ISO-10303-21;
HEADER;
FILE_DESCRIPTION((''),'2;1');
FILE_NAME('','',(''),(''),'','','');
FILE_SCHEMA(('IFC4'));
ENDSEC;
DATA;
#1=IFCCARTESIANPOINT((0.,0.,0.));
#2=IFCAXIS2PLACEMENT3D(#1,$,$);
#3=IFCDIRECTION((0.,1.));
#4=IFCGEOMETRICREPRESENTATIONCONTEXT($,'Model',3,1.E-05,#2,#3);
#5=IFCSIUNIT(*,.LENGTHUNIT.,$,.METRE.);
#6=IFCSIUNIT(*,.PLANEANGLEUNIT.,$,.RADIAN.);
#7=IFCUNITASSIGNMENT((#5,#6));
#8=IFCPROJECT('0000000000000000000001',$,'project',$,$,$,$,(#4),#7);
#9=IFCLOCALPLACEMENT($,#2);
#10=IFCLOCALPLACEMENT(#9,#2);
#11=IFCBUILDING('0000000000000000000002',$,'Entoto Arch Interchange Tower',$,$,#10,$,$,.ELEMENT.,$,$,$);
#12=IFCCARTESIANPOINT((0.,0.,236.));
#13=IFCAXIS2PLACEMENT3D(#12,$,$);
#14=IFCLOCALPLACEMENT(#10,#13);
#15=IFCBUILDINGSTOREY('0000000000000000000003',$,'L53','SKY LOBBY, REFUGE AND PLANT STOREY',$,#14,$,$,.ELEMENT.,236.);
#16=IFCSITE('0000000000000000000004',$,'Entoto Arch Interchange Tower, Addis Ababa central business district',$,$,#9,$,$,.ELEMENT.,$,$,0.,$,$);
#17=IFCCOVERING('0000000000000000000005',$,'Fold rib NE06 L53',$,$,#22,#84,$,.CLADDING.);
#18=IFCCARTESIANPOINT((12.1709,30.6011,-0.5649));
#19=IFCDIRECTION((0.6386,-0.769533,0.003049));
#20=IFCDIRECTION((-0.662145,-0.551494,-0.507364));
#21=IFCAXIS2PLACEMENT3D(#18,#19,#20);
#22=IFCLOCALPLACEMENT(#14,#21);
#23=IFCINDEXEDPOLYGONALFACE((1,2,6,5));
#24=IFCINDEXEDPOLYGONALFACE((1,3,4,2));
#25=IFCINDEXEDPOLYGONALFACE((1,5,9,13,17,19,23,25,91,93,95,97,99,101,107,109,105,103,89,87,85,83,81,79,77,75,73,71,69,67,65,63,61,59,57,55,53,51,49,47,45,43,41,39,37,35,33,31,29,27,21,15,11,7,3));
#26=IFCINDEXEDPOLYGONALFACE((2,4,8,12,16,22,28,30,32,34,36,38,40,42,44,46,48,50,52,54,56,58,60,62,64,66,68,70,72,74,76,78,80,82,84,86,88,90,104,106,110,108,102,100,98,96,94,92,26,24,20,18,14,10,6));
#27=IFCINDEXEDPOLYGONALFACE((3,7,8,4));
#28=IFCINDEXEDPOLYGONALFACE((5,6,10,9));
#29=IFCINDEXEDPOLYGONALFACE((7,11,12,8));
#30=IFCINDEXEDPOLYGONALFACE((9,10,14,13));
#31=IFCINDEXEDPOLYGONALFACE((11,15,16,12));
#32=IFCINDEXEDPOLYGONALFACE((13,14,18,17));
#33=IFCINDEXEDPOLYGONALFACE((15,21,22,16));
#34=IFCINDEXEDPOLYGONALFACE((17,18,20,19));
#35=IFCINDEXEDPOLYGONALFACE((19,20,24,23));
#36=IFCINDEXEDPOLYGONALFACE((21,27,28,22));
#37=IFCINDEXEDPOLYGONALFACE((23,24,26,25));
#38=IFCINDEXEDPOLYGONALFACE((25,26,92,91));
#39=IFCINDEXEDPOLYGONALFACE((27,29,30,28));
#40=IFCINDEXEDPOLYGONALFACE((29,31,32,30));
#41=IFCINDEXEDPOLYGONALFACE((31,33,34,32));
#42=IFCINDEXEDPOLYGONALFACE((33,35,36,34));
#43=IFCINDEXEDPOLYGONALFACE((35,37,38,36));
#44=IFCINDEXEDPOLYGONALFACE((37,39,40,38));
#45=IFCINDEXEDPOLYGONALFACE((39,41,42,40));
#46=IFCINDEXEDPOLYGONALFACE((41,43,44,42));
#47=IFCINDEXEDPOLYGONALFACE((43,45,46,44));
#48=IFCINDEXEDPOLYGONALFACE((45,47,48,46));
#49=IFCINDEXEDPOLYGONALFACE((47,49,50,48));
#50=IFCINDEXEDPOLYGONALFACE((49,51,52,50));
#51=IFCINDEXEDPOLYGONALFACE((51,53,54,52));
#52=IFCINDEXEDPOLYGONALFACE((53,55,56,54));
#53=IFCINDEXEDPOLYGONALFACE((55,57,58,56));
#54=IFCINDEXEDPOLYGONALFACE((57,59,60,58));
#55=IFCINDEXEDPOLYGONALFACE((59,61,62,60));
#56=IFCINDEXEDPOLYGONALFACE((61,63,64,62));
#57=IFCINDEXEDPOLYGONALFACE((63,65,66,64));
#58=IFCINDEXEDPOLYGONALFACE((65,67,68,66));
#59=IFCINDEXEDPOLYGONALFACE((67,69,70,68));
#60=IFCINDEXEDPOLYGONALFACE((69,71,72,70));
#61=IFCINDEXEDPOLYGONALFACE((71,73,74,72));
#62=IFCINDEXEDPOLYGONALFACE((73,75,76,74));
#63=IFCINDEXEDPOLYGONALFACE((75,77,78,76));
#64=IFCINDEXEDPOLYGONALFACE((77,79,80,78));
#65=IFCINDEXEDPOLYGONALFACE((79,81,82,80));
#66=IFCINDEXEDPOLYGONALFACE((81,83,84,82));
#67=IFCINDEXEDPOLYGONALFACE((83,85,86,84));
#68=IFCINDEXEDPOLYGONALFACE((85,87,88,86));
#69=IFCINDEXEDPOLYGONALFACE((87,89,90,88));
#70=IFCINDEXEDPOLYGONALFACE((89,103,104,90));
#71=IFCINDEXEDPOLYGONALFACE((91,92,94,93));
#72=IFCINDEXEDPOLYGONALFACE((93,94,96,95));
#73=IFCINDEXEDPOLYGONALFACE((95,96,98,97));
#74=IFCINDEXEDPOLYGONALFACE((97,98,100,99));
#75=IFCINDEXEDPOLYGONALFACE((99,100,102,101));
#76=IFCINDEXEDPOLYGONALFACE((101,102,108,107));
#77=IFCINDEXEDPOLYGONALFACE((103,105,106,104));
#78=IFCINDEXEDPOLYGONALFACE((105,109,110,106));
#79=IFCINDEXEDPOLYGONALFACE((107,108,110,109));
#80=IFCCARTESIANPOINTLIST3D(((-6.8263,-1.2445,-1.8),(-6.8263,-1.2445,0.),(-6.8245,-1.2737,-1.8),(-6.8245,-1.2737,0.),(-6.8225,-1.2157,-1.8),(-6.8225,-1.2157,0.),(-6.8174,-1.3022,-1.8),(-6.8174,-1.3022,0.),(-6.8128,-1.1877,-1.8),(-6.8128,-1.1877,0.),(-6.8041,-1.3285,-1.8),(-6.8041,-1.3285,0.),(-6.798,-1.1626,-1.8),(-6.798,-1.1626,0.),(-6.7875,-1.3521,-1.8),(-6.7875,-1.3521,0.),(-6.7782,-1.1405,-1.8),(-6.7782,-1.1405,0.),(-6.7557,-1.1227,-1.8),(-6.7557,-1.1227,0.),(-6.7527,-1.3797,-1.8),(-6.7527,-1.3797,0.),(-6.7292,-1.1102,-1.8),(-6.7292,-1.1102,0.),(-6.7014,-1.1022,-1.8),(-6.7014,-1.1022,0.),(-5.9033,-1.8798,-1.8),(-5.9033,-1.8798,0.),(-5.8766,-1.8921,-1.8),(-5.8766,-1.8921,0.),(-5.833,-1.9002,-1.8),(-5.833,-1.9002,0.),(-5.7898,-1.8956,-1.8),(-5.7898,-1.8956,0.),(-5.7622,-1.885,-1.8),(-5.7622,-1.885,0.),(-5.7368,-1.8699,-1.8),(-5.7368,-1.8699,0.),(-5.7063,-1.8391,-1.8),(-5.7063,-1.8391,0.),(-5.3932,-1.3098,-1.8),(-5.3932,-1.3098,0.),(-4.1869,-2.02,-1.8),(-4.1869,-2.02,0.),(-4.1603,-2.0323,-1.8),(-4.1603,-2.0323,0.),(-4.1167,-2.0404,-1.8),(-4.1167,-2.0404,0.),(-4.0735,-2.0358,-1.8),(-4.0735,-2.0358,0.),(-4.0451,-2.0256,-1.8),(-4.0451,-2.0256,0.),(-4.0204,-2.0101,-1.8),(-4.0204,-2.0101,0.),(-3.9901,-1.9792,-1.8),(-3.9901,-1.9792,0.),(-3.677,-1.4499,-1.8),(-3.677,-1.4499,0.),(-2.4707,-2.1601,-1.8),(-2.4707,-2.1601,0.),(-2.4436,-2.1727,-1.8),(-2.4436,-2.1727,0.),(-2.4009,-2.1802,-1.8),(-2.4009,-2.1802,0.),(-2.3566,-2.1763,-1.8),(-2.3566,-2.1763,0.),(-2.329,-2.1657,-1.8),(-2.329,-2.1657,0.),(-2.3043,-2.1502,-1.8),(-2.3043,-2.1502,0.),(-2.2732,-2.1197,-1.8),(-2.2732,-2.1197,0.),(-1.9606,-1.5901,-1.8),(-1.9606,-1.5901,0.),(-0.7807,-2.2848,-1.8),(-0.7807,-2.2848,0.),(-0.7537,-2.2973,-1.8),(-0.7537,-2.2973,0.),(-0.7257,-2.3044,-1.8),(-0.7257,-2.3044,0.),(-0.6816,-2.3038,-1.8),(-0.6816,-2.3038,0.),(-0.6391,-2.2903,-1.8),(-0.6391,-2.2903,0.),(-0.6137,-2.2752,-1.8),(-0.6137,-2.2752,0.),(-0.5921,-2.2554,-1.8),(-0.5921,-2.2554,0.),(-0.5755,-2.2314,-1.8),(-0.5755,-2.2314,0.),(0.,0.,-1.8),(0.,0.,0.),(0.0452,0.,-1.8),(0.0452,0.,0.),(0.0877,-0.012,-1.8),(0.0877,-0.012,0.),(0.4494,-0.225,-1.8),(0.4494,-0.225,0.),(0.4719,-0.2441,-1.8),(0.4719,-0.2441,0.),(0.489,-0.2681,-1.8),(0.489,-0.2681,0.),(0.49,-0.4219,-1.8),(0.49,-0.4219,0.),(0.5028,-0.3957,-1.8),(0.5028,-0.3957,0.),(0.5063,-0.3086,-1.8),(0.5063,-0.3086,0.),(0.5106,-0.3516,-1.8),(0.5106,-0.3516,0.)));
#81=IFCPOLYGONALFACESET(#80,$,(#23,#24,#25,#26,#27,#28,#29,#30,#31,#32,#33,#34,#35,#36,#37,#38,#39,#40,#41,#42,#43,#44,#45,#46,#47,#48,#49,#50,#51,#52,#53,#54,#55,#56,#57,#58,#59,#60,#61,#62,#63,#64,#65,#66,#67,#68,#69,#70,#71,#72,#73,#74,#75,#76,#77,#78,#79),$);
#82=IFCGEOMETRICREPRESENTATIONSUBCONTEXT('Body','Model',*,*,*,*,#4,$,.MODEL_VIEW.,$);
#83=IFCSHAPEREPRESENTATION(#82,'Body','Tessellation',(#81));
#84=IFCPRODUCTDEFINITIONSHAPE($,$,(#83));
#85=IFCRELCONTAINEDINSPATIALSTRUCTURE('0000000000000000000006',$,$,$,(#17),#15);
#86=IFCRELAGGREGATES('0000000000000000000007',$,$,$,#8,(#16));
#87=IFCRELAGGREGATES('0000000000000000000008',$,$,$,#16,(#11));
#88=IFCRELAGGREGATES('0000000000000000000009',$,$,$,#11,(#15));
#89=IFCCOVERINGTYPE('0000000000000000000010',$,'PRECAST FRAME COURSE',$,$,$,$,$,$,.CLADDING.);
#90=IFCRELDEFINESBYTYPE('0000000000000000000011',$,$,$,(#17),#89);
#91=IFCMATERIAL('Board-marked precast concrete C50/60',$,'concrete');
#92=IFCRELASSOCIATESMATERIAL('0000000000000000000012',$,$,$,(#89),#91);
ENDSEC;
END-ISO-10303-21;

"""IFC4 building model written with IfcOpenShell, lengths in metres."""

from ifc_helpers import new_model, si_unit, direction, frame, origin, place, context, subcontext, project, spatial, polyline, outline, extrude, material, type_object, element, save


model = new_model("IFC4")

# Units and contexts
model_context = context("Model", 3, precision=1e-05, world=origin(), true_north=direction((0.0, 1.0)))
body_context = subcontext(model_context, "Body", "Model", "MODEL_VIEW")
ifc_project = project(units=[si_unit("LENGTHUNIT", "METRE"), si_unit("PLANEANGLEUNIT", "RADIAN")], contexts=[model_context])

# Site, building, storey
site_placement = place(None, origin())
site = spatial("IfcSite", under=ifc_project, at=site_placement, Name="Entoto Arch Interchange Tower, Addis Ababa central business district", CompositionType="ELEMENT", RefElevation=0.0)
building_placement = place(site_placement, origin())
building = spatial("IfcBuilding", under=site, at=building_placement, Name="Entoto Arch Interchange Tower", CompositionType="ELEMENT")
storey_placement = place(building_placement, frame((0.0, 0.0, 236.0)))
storey = spatial("IfcBuildingStorey", under=building, at=storey_placement, Name="L53", Description="SKY LOBBY, REFUGE AND PLANT STOREY", CompositionType="ELEMENT", Elevation=236.0)

# Shared definitions
ifc_material_1 = material(Name="Board-marked precast concrete C50/60", Category="concrete")

# Covering
covering_type = type_object("IfcCoveringType", Name="PRECAST FRAME COURSE", PredefinedType="CLADDING", material=ifc_material_1)
covering_1_placement = place(storey_placement, frame((12.1709, 30.6011, -0.5649), z_axis=(0.6386, -0.769533, 0.003049), x_axis=(-0.662145, -0.551494, -0.507364)))
element("IfcCovering", 1, at=covering_1_placement, inside=storey, type_object=covering_type, Name="Fold rib NE06 L53", PredefinedType="CLADDING", context=body_context, shape_type="SweptSolid", body=[
    extrude(outline(polyline([(0.0, 0.0), (0.0452, 0.0), (0.0877, -0.012), (0.4494, -0.225), (0.4719, -0.2441), (0.489, -0.2681), (0.5063, -0.3086), (0.5106, -0.3516), (0.5028, -0.3957), (0.49, -0.4219), (-0.5755, -2.2314), (-0.5921, -2.2554), (-0.6137, -2.2752), (-0.6391, -2.2903), (-0.6816, -2.3038), (-0.7257, -2.3044), (-0.7537, -2.2973), (-0.7807, -2.2848), (-1.9606, -1.5901), (-2.2732, -2.1197), (-2.3043, -2.1502), (-2.329, -2.1657), (-2.3566, -2.1763), (-2.4009, -2.1802), (-2.4436, -2.1727), (-2.4707, -2.1601), (-3.677, -1.4499), (-3.9901, -1.9792), (-4.0204, -2.0101), (-4.0451, -2.0256), (-4.0735, -2.0358), (-4.1167, -2.0404), (-4.1603, -2.0323), (-4.1869, -2.02), (-5.3932, -1.3098), (-5.7063, -1.8391), (-5.7368, -1.8699), (-5.7622, -1.885), (-5.7898, -1.8956), (-5.833, -1.9002), (-5.8766, -1.8921), (-5.9033, -1.8798), (-6.7527, -1.3797), (-6.7875, -1.3521), (-6.8041, -1.3285), (-6.8174, -1.3022), (-6.8245, -1.2737), (-6.8263, -1.2445), (-6.8225, -1.2157), (-6.8128, -1.1877), (-6.798, -1.1626), (-6.7782, -1.1405), (-6.7557, -1.1227), (-6.7292, -1.1102), (-6.7014, -1.1022), (0.0, 0.0)])), origin(), (0.0, 0.0, -1.0), 1.8),
])

save(model, "model.ifc")
